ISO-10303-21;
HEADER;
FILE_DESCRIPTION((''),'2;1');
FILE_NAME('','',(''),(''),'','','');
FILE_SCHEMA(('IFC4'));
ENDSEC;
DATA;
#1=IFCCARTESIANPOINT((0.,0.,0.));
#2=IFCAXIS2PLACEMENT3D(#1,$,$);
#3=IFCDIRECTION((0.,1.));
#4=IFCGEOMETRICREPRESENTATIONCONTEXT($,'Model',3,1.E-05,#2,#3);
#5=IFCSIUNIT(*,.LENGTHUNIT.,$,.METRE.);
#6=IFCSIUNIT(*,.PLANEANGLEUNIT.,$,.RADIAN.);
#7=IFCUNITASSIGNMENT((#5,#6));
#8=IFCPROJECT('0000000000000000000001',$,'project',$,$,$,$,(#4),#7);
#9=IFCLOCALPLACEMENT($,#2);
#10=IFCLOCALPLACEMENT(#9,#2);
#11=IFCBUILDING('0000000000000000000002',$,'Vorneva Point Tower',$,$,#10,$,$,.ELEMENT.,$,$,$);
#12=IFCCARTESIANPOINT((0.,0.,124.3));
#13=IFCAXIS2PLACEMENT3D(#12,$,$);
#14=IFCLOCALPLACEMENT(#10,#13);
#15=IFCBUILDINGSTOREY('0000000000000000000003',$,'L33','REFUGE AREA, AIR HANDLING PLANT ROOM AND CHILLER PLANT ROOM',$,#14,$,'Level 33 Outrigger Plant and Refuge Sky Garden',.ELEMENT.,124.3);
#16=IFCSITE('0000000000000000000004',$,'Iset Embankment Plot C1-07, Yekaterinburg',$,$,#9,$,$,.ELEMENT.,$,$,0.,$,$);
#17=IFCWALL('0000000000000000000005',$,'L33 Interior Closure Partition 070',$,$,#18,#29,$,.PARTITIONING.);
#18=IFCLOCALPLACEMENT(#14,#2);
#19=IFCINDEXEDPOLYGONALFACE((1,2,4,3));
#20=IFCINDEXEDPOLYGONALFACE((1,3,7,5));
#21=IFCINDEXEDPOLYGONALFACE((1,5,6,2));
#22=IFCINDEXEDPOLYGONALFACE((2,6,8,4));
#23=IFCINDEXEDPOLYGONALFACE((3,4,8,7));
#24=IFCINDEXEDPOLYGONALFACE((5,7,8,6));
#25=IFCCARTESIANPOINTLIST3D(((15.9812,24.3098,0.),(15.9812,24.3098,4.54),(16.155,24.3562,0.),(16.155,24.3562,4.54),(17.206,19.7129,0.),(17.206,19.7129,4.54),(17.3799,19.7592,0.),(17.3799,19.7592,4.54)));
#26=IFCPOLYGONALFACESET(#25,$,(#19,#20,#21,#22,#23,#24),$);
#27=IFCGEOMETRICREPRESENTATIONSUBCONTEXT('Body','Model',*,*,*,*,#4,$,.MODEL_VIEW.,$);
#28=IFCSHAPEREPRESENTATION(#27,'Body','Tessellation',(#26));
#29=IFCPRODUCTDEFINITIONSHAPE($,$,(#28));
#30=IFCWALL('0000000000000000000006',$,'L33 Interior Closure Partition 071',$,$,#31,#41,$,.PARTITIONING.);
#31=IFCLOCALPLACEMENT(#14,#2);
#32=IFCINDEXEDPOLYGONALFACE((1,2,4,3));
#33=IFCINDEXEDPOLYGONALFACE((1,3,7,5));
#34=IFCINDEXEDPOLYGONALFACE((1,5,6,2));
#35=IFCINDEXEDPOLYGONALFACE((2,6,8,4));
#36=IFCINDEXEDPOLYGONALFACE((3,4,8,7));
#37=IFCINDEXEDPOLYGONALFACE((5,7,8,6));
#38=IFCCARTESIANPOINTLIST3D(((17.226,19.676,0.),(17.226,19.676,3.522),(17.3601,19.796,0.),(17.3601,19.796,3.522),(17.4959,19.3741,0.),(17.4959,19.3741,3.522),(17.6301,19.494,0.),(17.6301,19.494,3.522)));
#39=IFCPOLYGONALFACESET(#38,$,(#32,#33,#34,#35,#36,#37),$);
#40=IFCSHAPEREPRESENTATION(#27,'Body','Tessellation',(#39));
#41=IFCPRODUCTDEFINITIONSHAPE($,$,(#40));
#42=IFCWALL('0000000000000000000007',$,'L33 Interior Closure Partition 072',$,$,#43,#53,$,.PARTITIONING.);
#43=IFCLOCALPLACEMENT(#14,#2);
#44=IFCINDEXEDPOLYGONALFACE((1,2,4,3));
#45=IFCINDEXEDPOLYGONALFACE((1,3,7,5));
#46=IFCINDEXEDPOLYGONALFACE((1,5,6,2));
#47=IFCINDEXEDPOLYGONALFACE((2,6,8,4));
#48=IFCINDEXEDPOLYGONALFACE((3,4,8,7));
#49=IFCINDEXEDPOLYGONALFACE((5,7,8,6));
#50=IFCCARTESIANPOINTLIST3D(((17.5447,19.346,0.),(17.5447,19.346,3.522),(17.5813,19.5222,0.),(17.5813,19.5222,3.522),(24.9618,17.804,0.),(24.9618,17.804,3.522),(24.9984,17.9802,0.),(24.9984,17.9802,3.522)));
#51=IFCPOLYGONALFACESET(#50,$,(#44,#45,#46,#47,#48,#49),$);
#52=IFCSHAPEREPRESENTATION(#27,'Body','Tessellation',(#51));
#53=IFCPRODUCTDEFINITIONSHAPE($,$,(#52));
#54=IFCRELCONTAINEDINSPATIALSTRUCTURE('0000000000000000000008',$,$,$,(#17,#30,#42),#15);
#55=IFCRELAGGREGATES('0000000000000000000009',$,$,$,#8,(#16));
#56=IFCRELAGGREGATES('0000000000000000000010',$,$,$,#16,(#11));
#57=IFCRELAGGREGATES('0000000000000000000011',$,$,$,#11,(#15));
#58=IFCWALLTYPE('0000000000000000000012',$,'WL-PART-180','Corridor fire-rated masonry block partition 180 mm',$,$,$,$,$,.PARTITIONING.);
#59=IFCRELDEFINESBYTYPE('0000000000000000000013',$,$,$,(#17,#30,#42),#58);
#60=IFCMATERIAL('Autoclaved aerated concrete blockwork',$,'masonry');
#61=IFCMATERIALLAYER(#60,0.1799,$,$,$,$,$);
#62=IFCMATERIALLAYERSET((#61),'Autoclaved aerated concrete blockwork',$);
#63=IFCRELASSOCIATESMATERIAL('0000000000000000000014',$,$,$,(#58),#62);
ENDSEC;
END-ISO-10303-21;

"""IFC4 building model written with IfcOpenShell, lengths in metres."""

from ifc_helpers import new_model, si_unit, direction, frame, frame_2d, origin, place, context, subcontext, project, spatial, rectangle, extrude, material, layer, layer_set, type_object, element, save


model = new_model("IFC4")

# Units and contexts
model_context = context("Model", 3, precision=1e-05, world=origin(), true_north=direction((0.0, 1.0)))
body_context = subcontext(model_context, "Body", "Model", "MODEL_VIEW")
ifc_project = project(units=[si_unit("LENGTHUNIT", "METRE"), si_unit("PLANEANGLEUNIT", "RADIAN")], contexts=[model_context])

# Site, building, storey
site_placement = place(None, origin())
site = spatial("IfcSite", under=ifc_project, at=site_placement, Name="Iset Embankment Plot C1-07, Yekaterinburg", CompositionType="ELEMENT", RefElevation=0.0)
building_placement = place(site_placement, origin())
building = spatial("IfcBuilding", under=site, at=building_placement, Name="Vorneva Point Tower", CompositionType="ELEMENT")
storey_placement = place(building_placement, frame((0.0, 0.0, 124.3)))
storey = spatial("IfcBuildingStorey", under=building, at=storey_placement, Name="L33", Description="REFUGE AREA, AIR HANDLING PLANT ROOM AND CHILLER PLANT ROOM", LongName="Level 33 Outrigger Plant and Refuge Sky Garden", CompositionType="ELEMENT", Elevation=124.3)

# Shared definitions
ifc_material_1 = material(Name="Autoclaved aerated concrete blockwork", Category="masonry")
ifc_layer_1 = layer(ifc_material_1, 0.1799)
ifc_layer_set_1 = layer_set([ifc_layer_1], Name="Autoclaved aerated concrete blockwork")
wall_type_1 = type_object("IfcWallType", Name="WL-PART-180", Description="Corridor fire-rated masonry block partition 180 mm", PredefinedType="PARTITIONING", material=ifc_layer_set_1)

# Walls
wall_1_placement = place(storey_placement, frame((16.0681, 24.333, 0.0), z_axis=(0.0, 0.0, 1.0), x_axis=(0.257468, -0.966287, 0.0)))
element("IfcWall", 1, at=wall_1_placement, inside=storey, type_object=wall_type_1, Name="L33 Interior Closure Partition 070", PredefinedType="PARTITIONING", context=body_context, shape_type="SweptSolid", body=[
    extrude(rectangle(XDim=4.7573, YDim=0.1799, at=frame_2d((2.3787, 0.0))), origin(), (0.0, 0.0, 1.0), 4.54),
])
wall_2_placement = place(storey_placement, frame((17.293, 19.7361, 0.0), z_axis=(0.0, 0.0, 1.0), x_axis=(0.666531, -0.745478, 0.0)))
element("IfcWall", 2, at=wall_2_placement, inside=storey, type_object=wall_type_1, Name="L33 Interior Closure Partition 071", PredefinedType="PARTITIONING", context=body_context, shape_type="SweptSolid", body=[
    extrude(rectangle(XDim=0.405, YDim=0.1799, at=frame_2d((0.2026, 0.0))), origin(), (0.0, 0.0, 1.0), 3.522),
])
wall_3_placement = place(storey_placement, frame((17.563, 19.4341, 0.0), z_axis=(0.0, 0.0, 1.0), x_axis=(0.979065, -0.203548, 0.0)))
element("IfcWall", 3, at=wall_3_placement, inside=storey, type_object=wall_type_1, Name="L33 Interior Closure Partition 072", PredefinedType="PARTITIONING", context=body_context, shape_type="SweptSolid", body=[
    extrude(rectangle(XDim=7.5757, YDim=0.1799, at=frame_2d((3.7878, 0.0))), origin(), (0.0, 0.0, 1.0), 3.522),
])

save(model, "model.ifc")
